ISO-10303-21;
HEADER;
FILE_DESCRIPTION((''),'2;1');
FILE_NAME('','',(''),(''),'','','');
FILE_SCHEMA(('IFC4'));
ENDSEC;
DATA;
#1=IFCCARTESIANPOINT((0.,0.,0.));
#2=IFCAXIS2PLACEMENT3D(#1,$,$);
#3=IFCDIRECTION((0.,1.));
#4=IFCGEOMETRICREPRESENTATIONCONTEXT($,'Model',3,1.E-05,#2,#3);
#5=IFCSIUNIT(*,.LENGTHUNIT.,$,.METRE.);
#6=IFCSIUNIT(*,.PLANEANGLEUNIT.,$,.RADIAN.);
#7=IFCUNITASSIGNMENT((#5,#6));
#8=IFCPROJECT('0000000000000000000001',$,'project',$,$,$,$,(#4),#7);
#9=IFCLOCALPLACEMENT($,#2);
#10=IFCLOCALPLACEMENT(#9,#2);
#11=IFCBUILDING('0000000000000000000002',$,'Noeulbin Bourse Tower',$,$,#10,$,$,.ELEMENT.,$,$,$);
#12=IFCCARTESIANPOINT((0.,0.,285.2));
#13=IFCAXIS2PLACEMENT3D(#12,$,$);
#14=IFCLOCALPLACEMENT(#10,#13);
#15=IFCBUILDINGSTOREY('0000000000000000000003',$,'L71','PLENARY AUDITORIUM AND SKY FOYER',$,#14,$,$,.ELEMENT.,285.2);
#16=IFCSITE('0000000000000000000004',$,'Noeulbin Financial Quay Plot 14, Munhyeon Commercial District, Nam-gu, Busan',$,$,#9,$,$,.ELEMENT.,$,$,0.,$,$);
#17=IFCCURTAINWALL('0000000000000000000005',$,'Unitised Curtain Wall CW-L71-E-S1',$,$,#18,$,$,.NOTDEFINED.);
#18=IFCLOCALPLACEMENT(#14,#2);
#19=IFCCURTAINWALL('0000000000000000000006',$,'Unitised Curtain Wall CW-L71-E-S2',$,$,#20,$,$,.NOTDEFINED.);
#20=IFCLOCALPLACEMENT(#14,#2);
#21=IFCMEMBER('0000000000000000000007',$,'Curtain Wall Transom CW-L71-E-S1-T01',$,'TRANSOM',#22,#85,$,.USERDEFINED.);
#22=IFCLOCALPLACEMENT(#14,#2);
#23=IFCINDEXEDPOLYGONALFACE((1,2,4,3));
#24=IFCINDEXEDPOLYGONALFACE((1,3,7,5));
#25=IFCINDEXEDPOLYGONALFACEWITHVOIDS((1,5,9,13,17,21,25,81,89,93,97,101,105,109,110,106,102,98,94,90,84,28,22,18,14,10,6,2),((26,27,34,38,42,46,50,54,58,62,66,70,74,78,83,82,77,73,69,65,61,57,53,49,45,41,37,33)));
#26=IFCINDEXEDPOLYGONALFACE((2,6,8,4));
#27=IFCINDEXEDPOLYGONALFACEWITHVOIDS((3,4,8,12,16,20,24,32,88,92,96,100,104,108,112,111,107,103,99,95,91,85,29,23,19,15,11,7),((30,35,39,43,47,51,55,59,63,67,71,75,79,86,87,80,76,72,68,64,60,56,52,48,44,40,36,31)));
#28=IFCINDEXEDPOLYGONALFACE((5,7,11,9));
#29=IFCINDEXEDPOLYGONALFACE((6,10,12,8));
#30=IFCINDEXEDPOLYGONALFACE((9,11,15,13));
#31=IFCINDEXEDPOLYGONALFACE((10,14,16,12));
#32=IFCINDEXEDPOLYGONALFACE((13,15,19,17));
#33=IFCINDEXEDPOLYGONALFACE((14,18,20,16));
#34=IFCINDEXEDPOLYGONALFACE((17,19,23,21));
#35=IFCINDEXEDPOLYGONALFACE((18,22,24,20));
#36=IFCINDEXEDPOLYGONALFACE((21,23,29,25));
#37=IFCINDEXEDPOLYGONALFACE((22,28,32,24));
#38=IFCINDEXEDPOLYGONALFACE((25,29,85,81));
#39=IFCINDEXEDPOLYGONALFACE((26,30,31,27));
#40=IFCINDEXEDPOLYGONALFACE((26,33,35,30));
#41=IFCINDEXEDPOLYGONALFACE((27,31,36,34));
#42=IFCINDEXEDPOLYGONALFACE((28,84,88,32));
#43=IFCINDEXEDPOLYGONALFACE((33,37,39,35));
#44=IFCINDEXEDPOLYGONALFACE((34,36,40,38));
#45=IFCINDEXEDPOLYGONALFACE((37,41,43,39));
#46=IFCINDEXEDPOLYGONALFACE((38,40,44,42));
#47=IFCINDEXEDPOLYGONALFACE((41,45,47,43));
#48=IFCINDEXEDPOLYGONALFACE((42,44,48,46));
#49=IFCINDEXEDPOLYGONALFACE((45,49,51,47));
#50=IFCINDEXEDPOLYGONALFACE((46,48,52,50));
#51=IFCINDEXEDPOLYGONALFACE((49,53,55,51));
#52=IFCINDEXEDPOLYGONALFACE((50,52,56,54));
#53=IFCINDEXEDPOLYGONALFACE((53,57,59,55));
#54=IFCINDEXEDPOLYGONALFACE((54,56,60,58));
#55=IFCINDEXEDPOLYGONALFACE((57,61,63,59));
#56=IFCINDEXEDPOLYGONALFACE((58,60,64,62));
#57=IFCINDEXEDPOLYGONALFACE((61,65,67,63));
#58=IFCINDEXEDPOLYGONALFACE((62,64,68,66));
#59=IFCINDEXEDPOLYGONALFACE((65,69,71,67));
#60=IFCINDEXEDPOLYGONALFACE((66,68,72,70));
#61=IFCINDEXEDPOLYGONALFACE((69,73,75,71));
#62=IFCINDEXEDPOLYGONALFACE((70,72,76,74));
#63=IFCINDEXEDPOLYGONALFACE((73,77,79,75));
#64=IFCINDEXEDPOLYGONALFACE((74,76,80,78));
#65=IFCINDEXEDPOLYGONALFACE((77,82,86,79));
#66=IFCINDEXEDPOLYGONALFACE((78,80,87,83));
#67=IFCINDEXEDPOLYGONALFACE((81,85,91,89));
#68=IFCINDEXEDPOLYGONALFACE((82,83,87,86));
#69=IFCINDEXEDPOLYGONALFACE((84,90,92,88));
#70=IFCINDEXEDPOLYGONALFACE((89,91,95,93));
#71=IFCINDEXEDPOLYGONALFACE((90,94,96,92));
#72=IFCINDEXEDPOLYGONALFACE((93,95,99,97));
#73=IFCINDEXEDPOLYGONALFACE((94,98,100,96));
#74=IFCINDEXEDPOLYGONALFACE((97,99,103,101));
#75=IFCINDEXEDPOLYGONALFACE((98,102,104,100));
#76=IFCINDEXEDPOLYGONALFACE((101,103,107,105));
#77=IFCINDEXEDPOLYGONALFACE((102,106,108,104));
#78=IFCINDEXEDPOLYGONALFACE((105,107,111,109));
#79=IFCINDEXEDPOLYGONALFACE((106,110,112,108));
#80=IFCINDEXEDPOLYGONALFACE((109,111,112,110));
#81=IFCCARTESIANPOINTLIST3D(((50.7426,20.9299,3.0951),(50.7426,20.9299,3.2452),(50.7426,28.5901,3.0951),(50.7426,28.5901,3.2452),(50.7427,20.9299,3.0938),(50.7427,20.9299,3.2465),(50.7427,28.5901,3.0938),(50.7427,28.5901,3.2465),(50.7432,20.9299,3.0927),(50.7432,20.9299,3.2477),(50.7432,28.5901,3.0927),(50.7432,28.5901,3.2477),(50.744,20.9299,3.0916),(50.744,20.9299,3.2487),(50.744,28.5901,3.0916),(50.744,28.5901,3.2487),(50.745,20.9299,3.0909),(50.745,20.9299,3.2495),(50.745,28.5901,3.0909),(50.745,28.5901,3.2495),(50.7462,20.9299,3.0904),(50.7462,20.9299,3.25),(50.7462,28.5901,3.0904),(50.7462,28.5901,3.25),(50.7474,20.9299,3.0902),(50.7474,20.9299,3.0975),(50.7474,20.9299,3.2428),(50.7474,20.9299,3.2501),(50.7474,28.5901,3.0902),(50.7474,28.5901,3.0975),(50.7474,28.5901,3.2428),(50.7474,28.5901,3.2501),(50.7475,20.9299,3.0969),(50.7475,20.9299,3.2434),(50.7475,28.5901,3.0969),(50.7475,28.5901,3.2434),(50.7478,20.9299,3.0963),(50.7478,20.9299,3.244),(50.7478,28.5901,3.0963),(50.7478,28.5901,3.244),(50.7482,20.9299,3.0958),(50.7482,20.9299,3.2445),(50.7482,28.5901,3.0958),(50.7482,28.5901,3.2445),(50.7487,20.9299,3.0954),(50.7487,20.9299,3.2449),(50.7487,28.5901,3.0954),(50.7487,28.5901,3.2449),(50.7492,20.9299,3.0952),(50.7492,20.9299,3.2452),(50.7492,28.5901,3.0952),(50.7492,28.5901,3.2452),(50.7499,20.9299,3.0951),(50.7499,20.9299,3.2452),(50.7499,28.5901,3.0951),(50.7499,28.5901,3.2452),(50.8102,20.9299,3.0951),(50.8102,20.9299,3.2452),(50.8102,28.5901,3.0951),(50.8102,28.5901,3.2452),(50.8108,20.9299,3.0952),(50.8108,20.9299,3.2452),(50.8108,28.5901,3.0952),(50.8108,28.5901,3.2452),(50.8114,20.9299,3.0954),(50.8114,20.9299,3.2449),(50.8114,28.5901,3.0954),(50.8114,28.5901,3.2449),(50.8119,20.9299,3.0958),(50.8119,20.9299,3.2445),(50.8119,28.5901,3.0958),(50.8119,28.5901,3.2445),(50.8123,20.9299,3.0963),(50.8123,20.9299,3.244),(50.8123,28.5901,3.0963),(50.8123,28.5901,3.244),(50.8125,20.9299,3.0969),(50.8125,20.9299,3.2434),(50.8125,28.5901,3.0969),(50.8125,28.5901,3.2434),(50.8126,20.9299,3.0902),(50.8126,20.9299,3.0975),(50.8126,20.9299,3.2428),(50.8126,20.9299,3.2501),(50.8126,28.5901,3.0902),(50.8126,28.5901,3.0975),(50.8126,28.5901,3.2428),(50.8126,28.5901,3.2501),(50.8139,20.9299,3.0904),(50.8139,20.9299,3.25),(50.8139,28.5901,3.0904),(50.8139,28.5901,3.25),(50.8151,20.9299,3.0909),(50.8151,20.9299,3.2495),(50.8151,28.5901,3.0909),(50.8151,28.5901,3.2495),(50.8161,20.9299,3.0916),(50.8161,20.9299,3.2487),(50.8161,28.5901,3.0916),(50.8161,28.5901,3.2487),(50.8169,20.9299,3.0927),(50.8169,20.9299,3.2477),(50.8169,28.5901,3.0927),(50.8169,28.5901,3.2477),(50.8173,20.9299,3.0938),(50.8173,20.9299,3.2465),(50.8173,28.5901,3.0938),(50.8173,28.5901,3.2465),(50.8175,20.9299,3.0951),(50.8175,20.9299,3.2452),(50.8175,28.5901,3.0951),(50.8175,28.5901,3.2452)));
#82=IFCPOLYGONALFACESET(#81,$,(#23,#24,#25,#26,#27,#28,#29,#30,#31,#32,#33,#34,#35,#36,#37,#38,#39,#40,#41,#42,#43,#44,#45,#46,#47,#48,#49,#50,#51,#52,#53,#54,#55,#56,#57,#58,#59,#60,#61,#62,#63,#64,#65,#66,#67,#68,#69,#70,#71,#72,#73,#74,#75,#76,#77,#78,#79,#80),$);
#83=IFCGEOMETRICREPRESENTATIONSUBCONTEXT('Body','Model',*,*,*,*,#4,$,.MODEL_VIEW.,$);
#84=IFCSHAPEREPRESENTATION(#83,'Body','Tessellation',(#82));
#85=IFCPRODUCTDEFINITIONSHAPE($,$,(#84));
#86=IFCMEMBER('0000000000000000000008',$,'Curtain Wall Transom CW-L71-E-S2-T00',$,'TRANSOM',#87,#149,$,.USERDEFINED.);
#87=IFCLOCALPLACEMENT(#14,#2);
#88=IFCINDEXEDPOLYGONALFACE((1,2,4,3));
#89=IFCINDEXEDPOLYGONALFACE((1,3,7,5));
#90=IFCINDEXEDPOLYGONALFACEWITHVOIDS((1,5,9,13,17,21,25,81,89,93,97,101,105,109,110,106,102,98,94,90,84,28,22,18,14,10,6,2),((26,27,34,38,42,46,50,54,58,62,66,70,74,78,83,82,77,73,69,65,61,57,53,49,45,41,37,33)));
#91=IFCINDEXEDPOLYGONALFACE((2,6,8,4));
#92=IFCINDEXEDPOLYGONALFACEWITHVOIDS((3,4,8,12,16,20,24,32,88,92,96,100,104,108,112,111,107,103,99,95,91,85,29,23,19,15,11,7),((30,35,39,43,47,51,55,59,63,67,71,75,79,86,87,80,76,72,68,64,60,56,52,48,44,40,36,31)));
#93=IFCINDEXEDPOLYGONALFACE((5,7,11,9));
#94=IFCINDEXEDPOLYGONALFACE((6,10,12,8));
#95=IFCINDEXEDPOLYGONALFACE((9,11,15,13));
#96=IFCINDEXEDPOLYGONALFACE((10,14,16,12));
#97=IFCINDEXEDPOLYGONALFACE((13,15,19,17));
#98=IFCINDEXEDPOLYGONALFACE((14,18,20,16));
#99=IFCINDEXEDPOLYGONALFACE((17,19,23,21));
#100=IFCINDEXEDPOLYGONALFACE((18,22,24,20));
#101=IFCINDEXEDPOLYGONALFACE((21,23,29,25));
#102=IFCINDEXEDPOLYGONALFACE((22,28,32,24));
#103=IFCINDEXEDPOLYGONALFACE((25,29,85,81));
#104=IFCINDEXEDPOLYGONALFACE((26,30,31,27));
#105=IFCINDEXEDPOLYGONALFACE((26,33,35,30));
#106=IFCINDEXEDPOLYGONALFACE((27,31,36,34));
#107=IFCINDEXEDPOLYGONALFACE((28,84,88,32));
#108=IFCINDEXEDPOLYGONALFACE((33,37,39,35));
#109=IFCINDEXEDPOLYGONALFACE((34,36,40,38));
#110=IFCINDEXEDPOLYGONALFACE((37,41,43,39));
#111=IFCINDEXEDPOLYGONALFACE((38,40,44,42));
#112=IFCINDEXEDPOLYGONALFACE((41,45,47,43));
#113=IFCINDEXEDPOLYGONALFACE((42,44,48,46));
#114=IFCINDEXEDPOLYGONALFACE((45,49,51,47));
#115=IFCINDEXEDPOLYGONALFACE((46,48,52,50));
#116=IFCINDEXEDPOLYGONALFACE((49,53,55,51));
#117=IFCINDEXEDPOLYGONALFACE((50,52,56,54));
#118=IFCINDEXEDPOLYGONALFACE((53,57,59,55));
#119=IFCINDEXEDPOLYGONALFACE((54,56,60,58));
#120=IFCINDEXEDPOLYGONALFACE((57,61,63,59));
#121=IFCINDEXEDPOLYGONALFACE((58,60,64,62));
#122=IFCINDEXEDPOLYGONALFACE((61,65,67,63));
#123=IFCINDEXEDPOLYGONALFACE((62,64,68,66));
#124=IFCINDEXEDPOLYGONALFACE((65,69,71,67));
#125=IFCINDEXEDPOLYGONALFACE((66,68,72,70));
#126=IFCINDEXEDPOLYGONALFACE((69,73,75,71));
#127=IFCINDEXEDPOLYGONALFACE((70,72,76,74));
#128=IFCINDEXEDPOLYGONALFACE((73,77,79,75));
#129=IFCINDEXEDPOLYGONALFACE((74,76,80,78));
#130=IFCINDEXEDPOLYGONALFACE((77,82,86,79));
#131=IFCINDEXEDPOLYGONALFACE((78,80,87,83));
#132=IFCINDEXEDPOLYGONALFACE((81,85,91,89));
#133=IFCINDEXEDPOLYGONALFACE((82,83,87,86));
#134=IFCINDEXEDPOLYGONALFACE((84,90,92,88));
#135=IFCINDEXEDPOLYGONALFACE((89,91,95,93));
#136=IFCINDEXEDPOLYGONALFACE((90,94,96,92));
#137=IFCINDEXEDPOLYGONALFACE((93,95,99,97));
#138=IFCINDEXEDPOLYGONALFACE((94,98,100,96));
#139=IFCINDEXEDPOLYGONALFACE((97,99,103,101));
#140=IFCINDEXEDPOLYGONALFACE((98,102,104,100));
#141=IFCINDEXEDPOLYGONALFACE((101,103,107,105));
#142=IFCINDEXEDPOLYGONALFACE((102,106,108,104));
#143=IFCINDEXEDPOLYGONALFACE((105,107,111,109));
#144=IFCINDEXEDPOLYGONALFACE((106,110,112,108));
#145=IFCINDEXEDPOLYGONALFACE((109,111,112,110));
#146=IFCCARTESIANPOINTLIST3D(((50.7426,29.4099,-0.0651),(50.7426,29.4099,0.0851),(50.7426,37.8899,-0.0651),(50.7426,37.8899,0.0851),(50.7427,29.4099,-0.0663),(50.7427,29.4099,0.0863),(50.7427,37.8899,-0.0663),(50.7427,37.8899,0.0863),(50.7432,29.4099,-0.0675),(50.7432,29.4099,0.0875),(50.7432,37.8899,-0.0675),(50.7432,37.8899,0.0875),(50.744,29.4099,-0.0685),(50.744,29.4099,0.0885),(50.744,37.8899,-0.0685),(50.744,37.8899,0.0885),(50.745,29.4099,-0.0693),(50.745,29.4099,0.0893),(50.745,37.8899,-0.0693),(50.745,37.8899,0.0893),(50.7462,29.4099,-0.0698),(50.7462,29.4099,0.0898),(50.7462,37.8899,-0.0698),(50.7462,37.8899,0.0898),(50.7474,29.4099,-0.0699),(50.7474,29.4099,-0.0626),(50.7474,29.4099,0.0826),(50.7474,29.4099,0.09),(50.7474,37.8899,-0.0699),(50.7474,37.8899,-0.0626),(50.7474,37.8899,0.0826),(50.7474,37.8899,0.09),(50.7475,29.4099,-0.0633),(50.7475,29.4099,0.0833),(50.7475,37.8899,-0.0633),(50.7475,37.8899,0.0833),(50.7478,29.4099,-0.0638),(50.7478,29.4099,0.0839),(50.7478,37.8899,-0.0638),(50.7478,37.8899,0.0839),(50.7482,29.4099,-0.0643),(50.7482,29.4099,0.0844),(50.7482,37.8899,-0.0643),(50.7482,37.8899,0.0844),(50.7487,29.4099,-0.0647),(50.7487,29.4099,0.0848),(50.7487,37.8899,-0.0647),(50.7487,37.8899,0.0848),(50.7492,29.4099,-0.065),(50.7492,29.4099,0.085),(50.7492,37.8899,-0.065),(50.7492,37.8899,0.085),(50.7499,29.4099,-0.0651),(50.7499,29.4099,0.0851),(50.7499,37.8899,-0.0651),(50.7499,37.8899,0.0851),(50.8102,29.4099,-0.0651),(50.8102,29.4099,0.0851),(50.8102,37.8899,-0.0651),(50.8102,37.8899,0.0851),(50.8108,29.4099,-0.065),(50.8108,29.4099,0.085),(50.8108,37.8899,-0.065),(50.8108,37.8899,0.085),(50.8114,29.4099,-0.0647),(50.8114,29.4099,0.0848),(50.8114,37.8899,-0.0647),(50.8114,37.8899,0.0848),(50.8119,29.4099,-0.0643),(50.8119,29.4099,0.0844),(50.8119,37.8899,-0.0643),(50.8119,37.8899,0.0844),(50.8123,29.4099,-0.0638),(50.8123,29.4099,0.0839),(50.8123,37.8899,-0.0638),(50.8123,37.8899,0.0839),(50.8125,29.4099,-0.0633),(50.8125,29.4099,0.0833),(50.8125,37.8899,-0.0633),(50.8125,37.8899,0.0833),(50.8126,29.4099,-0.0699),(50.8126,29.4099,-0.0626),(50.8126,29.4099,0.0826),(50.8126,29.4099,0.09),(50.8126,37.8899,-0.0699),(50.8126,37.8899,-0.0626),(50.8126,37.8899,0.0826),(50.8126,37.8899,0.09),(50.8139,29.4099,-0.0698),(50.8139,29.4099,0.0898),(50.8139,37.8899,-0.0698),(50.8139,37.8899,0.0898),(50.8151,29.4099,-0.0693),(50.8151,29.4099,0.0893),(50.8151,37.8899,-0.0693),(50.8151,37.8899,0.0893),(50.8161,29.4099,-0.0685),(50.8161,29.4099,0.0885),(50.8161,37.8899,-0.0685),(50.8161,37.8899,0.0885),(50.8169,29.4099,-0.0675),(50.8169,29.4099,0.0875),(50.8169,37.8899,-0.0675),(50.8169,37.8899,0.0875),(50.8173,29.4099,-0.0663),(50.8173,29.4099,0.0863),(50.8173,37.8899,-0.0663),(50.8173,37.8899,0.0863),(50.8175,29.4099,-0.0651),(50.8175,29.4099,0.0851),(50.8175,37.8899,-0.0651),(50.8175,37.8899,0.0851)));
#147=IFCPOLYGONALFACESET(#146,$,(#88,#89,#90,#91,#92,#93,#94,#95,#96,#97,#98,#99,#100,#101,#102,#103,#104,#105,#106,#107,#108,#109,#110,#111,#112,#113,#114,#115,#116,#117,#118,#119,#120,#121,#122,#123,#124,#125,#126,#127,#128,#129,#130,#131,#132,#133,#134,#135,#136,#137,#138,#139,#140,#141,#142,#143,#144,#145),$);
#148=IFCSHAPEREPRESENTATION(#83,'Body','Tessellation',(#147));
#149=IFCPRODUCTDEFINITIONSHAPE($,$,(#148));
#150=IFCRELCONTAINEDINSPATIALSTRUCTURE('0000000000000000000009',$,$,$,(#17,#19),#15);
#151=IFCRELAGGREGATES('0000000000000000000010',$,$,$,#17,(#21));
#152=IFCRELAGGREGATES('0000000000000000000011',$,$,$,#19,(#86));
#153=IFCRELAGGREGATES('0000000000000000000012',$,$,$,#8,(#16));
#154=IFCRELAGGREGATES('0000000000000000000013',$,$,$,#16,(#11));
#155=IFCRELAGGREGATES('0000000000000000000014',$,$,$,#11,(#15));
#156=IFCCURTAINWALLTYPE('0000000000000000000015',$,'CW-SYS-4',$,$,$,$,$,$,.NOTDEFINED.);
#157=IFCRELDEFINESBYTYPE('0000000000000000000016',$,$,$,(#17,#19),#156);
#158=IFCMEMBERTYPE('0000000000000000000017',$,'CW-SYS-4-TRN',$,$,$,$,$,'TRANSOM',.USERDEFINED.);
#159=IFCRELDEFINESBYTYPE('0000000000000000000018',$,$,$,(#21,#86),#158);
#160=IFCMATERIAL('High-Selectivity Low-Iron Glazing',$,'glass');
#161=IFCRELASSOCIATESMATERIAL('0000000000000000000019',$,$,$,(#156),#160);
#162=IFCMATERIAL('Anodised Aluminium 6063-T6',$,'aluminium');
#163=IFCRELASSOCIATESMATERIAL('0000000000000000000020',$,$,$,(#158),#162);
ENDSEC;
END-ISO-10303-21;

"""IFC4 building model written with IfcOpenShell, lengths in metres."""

from ifc_helpers import new_model, si_unit, direction, frame, origin, origin_2d, place, context, subcontext, project, spatial, hollow_rectangle, extrude, material, material_profile, profile_set, type_object, element, aggregate, save


model = new_model("IFC4")

# Units and contexts
model_context = context("Model", 3, precision=1e-05, world=origin(), true_north=direction((0.0, 1.0)))
body_context = subcontext(model_context, "Body", "Model", "MODEL_VIEW")
ifc_project = project(units=[si_unit("LENGTHUNIT", "METRE"), si_unit("PLANEANGLEUNIT", "RADIAN")], contexts=[model_context])

# Site, building, storey
site_placement = place(None, origin())
site = spatial("IfcSite", under=ifc_project, at=site_placement, Name="Noeulbin Financial Quay Plot 14, Munhyeon Commercial District, Nam-gu, Busan", CompositionType="ELEMENT", RefElevation=0.0)
building_placement = place(site_placement, origin())
building = spatial("IfcBuilding", under=site, at=building_placement, Name="Noeulbin Bourse Tower", CompositionType="ELEMENT")
storey_placement = place(building_placement, frame((0.0, 0.0, 285.2)))
storey = spatial("IfcBuildingStorey", under=building, at=storey_placement, Name="L71", Description="PLENARY AUDITORIUM AND SKY FOYER", CompositionType="ELEMENT", Elevation=285.2)

# Curtain wall
ifc_material_1 = material(Name="High-Selectivity Low-Iron Glazing", Category="glass")
curtain_wall_type = type_object("IfcCurtainWallType", Name="CW-SYS-4", PredefinedType="NOTDEFINED", material=ifc_material_1)
ifc_material_2 = material(Name="Anodised Aluminium 6063-T6", Category="aluminium")
curtain_wall_1_placement = place(storey_placement, origin())
curtain_wall_1 = element("IfcCurtainWall", 1, at=curtain_wall_1_placement, inside=storey, type_object=curtain_wall_type, Name="Unitised Curtain Wall CW-L71-E-S1", PredefinedType="NOTDEFINED")

# Curtain wall
curtain_wall_2_placement = place(storey_placement, origin())
curtain_wall_2 = element("IfcCurtainWall", 2, at=curtain_wall_2_placement, inside=storey, type_object=curtain_wall_type, Name="Unitised Curtain Wall CW-L71-E-S2", PredefinedType="NOTDEFINED")

# Members
ifc_material_profile_1 = material_profile(ifc_material_2, hollow_rectangle(XDim=0.075, YDim=0.1599, WallThickness=0.0049, InnerFilletRadius=0.0024, OuterFilletRadius=0.0049, at=origin_2d()), Name="ALU-TRAN-75x160x5", Category="LoadBearing")
ifc_profile_set_1 = profile_set([ifc_material_profile_1], Name="Anodised Aluminium 6063-T6")
member_type_1 = type_object("IfcMemberType", Name="CW-SYS-4-TRN", ElementType="TRANSOM", PredefinedType="USERDEFINED", material=ifc_profile_set_1)
member_1_placement = place(storey_placement, frame((50.78, 20.9299, 3.1702), z_axis=(0.0, 1.0, 0.0), x_axis=(-1.0, 0.0, 0.0)))
member_1 = element("IfcMember", 3, at=member_1_placement, type_object=member_type_1, Name="Curtain Wall Transom CW-L71-E-S1-T01", ObjectType="TRANSOM", PredefinedType="USERDEFINED", context=body_context, shape_type="SweptSolid", body=[
    extrude(hollow_rectangle(XDim=0.075, YDim=0.1599, WallThickness=0.0049, InnerFilletRadius=0.0024, OuterFilletRadius=0.0049, at=origin_2d()), origin(), (0.0, 0.0, 1.0), 7.6602),
])
member_2_placement = place(storey_placement, frame((50.78, 29.4099, 0.01), z_axis=(0.0, 1.0, 0.0), x_axis=(-1.0, 0.0, 0.0)))
member_2 = element("IfcMember", 4, at=member_2_placement, type_object=member_type_1, Name="Curtain Wall Transom CW-L71-E-S2-T00", ObjectType="TRANSOM", PredefinedType="USERDEFINED", context=body_context, shape_type="SweptSolid", body=[
    extrude(hollow_rectangle(XDim=0.075, YDim=0.1599, WallThickness=0.0049, InnerFilletRadius=0.0024, OuterFilletRadius=0.0049, at=origin_2d()), origin(), (0.0, 0.0, 1.0), 8.48),
])

aggregate(curtain_wall_1, [member_1])
aggregate(curtain_wall_2, [member_2])

save(model, "model.ifc")
